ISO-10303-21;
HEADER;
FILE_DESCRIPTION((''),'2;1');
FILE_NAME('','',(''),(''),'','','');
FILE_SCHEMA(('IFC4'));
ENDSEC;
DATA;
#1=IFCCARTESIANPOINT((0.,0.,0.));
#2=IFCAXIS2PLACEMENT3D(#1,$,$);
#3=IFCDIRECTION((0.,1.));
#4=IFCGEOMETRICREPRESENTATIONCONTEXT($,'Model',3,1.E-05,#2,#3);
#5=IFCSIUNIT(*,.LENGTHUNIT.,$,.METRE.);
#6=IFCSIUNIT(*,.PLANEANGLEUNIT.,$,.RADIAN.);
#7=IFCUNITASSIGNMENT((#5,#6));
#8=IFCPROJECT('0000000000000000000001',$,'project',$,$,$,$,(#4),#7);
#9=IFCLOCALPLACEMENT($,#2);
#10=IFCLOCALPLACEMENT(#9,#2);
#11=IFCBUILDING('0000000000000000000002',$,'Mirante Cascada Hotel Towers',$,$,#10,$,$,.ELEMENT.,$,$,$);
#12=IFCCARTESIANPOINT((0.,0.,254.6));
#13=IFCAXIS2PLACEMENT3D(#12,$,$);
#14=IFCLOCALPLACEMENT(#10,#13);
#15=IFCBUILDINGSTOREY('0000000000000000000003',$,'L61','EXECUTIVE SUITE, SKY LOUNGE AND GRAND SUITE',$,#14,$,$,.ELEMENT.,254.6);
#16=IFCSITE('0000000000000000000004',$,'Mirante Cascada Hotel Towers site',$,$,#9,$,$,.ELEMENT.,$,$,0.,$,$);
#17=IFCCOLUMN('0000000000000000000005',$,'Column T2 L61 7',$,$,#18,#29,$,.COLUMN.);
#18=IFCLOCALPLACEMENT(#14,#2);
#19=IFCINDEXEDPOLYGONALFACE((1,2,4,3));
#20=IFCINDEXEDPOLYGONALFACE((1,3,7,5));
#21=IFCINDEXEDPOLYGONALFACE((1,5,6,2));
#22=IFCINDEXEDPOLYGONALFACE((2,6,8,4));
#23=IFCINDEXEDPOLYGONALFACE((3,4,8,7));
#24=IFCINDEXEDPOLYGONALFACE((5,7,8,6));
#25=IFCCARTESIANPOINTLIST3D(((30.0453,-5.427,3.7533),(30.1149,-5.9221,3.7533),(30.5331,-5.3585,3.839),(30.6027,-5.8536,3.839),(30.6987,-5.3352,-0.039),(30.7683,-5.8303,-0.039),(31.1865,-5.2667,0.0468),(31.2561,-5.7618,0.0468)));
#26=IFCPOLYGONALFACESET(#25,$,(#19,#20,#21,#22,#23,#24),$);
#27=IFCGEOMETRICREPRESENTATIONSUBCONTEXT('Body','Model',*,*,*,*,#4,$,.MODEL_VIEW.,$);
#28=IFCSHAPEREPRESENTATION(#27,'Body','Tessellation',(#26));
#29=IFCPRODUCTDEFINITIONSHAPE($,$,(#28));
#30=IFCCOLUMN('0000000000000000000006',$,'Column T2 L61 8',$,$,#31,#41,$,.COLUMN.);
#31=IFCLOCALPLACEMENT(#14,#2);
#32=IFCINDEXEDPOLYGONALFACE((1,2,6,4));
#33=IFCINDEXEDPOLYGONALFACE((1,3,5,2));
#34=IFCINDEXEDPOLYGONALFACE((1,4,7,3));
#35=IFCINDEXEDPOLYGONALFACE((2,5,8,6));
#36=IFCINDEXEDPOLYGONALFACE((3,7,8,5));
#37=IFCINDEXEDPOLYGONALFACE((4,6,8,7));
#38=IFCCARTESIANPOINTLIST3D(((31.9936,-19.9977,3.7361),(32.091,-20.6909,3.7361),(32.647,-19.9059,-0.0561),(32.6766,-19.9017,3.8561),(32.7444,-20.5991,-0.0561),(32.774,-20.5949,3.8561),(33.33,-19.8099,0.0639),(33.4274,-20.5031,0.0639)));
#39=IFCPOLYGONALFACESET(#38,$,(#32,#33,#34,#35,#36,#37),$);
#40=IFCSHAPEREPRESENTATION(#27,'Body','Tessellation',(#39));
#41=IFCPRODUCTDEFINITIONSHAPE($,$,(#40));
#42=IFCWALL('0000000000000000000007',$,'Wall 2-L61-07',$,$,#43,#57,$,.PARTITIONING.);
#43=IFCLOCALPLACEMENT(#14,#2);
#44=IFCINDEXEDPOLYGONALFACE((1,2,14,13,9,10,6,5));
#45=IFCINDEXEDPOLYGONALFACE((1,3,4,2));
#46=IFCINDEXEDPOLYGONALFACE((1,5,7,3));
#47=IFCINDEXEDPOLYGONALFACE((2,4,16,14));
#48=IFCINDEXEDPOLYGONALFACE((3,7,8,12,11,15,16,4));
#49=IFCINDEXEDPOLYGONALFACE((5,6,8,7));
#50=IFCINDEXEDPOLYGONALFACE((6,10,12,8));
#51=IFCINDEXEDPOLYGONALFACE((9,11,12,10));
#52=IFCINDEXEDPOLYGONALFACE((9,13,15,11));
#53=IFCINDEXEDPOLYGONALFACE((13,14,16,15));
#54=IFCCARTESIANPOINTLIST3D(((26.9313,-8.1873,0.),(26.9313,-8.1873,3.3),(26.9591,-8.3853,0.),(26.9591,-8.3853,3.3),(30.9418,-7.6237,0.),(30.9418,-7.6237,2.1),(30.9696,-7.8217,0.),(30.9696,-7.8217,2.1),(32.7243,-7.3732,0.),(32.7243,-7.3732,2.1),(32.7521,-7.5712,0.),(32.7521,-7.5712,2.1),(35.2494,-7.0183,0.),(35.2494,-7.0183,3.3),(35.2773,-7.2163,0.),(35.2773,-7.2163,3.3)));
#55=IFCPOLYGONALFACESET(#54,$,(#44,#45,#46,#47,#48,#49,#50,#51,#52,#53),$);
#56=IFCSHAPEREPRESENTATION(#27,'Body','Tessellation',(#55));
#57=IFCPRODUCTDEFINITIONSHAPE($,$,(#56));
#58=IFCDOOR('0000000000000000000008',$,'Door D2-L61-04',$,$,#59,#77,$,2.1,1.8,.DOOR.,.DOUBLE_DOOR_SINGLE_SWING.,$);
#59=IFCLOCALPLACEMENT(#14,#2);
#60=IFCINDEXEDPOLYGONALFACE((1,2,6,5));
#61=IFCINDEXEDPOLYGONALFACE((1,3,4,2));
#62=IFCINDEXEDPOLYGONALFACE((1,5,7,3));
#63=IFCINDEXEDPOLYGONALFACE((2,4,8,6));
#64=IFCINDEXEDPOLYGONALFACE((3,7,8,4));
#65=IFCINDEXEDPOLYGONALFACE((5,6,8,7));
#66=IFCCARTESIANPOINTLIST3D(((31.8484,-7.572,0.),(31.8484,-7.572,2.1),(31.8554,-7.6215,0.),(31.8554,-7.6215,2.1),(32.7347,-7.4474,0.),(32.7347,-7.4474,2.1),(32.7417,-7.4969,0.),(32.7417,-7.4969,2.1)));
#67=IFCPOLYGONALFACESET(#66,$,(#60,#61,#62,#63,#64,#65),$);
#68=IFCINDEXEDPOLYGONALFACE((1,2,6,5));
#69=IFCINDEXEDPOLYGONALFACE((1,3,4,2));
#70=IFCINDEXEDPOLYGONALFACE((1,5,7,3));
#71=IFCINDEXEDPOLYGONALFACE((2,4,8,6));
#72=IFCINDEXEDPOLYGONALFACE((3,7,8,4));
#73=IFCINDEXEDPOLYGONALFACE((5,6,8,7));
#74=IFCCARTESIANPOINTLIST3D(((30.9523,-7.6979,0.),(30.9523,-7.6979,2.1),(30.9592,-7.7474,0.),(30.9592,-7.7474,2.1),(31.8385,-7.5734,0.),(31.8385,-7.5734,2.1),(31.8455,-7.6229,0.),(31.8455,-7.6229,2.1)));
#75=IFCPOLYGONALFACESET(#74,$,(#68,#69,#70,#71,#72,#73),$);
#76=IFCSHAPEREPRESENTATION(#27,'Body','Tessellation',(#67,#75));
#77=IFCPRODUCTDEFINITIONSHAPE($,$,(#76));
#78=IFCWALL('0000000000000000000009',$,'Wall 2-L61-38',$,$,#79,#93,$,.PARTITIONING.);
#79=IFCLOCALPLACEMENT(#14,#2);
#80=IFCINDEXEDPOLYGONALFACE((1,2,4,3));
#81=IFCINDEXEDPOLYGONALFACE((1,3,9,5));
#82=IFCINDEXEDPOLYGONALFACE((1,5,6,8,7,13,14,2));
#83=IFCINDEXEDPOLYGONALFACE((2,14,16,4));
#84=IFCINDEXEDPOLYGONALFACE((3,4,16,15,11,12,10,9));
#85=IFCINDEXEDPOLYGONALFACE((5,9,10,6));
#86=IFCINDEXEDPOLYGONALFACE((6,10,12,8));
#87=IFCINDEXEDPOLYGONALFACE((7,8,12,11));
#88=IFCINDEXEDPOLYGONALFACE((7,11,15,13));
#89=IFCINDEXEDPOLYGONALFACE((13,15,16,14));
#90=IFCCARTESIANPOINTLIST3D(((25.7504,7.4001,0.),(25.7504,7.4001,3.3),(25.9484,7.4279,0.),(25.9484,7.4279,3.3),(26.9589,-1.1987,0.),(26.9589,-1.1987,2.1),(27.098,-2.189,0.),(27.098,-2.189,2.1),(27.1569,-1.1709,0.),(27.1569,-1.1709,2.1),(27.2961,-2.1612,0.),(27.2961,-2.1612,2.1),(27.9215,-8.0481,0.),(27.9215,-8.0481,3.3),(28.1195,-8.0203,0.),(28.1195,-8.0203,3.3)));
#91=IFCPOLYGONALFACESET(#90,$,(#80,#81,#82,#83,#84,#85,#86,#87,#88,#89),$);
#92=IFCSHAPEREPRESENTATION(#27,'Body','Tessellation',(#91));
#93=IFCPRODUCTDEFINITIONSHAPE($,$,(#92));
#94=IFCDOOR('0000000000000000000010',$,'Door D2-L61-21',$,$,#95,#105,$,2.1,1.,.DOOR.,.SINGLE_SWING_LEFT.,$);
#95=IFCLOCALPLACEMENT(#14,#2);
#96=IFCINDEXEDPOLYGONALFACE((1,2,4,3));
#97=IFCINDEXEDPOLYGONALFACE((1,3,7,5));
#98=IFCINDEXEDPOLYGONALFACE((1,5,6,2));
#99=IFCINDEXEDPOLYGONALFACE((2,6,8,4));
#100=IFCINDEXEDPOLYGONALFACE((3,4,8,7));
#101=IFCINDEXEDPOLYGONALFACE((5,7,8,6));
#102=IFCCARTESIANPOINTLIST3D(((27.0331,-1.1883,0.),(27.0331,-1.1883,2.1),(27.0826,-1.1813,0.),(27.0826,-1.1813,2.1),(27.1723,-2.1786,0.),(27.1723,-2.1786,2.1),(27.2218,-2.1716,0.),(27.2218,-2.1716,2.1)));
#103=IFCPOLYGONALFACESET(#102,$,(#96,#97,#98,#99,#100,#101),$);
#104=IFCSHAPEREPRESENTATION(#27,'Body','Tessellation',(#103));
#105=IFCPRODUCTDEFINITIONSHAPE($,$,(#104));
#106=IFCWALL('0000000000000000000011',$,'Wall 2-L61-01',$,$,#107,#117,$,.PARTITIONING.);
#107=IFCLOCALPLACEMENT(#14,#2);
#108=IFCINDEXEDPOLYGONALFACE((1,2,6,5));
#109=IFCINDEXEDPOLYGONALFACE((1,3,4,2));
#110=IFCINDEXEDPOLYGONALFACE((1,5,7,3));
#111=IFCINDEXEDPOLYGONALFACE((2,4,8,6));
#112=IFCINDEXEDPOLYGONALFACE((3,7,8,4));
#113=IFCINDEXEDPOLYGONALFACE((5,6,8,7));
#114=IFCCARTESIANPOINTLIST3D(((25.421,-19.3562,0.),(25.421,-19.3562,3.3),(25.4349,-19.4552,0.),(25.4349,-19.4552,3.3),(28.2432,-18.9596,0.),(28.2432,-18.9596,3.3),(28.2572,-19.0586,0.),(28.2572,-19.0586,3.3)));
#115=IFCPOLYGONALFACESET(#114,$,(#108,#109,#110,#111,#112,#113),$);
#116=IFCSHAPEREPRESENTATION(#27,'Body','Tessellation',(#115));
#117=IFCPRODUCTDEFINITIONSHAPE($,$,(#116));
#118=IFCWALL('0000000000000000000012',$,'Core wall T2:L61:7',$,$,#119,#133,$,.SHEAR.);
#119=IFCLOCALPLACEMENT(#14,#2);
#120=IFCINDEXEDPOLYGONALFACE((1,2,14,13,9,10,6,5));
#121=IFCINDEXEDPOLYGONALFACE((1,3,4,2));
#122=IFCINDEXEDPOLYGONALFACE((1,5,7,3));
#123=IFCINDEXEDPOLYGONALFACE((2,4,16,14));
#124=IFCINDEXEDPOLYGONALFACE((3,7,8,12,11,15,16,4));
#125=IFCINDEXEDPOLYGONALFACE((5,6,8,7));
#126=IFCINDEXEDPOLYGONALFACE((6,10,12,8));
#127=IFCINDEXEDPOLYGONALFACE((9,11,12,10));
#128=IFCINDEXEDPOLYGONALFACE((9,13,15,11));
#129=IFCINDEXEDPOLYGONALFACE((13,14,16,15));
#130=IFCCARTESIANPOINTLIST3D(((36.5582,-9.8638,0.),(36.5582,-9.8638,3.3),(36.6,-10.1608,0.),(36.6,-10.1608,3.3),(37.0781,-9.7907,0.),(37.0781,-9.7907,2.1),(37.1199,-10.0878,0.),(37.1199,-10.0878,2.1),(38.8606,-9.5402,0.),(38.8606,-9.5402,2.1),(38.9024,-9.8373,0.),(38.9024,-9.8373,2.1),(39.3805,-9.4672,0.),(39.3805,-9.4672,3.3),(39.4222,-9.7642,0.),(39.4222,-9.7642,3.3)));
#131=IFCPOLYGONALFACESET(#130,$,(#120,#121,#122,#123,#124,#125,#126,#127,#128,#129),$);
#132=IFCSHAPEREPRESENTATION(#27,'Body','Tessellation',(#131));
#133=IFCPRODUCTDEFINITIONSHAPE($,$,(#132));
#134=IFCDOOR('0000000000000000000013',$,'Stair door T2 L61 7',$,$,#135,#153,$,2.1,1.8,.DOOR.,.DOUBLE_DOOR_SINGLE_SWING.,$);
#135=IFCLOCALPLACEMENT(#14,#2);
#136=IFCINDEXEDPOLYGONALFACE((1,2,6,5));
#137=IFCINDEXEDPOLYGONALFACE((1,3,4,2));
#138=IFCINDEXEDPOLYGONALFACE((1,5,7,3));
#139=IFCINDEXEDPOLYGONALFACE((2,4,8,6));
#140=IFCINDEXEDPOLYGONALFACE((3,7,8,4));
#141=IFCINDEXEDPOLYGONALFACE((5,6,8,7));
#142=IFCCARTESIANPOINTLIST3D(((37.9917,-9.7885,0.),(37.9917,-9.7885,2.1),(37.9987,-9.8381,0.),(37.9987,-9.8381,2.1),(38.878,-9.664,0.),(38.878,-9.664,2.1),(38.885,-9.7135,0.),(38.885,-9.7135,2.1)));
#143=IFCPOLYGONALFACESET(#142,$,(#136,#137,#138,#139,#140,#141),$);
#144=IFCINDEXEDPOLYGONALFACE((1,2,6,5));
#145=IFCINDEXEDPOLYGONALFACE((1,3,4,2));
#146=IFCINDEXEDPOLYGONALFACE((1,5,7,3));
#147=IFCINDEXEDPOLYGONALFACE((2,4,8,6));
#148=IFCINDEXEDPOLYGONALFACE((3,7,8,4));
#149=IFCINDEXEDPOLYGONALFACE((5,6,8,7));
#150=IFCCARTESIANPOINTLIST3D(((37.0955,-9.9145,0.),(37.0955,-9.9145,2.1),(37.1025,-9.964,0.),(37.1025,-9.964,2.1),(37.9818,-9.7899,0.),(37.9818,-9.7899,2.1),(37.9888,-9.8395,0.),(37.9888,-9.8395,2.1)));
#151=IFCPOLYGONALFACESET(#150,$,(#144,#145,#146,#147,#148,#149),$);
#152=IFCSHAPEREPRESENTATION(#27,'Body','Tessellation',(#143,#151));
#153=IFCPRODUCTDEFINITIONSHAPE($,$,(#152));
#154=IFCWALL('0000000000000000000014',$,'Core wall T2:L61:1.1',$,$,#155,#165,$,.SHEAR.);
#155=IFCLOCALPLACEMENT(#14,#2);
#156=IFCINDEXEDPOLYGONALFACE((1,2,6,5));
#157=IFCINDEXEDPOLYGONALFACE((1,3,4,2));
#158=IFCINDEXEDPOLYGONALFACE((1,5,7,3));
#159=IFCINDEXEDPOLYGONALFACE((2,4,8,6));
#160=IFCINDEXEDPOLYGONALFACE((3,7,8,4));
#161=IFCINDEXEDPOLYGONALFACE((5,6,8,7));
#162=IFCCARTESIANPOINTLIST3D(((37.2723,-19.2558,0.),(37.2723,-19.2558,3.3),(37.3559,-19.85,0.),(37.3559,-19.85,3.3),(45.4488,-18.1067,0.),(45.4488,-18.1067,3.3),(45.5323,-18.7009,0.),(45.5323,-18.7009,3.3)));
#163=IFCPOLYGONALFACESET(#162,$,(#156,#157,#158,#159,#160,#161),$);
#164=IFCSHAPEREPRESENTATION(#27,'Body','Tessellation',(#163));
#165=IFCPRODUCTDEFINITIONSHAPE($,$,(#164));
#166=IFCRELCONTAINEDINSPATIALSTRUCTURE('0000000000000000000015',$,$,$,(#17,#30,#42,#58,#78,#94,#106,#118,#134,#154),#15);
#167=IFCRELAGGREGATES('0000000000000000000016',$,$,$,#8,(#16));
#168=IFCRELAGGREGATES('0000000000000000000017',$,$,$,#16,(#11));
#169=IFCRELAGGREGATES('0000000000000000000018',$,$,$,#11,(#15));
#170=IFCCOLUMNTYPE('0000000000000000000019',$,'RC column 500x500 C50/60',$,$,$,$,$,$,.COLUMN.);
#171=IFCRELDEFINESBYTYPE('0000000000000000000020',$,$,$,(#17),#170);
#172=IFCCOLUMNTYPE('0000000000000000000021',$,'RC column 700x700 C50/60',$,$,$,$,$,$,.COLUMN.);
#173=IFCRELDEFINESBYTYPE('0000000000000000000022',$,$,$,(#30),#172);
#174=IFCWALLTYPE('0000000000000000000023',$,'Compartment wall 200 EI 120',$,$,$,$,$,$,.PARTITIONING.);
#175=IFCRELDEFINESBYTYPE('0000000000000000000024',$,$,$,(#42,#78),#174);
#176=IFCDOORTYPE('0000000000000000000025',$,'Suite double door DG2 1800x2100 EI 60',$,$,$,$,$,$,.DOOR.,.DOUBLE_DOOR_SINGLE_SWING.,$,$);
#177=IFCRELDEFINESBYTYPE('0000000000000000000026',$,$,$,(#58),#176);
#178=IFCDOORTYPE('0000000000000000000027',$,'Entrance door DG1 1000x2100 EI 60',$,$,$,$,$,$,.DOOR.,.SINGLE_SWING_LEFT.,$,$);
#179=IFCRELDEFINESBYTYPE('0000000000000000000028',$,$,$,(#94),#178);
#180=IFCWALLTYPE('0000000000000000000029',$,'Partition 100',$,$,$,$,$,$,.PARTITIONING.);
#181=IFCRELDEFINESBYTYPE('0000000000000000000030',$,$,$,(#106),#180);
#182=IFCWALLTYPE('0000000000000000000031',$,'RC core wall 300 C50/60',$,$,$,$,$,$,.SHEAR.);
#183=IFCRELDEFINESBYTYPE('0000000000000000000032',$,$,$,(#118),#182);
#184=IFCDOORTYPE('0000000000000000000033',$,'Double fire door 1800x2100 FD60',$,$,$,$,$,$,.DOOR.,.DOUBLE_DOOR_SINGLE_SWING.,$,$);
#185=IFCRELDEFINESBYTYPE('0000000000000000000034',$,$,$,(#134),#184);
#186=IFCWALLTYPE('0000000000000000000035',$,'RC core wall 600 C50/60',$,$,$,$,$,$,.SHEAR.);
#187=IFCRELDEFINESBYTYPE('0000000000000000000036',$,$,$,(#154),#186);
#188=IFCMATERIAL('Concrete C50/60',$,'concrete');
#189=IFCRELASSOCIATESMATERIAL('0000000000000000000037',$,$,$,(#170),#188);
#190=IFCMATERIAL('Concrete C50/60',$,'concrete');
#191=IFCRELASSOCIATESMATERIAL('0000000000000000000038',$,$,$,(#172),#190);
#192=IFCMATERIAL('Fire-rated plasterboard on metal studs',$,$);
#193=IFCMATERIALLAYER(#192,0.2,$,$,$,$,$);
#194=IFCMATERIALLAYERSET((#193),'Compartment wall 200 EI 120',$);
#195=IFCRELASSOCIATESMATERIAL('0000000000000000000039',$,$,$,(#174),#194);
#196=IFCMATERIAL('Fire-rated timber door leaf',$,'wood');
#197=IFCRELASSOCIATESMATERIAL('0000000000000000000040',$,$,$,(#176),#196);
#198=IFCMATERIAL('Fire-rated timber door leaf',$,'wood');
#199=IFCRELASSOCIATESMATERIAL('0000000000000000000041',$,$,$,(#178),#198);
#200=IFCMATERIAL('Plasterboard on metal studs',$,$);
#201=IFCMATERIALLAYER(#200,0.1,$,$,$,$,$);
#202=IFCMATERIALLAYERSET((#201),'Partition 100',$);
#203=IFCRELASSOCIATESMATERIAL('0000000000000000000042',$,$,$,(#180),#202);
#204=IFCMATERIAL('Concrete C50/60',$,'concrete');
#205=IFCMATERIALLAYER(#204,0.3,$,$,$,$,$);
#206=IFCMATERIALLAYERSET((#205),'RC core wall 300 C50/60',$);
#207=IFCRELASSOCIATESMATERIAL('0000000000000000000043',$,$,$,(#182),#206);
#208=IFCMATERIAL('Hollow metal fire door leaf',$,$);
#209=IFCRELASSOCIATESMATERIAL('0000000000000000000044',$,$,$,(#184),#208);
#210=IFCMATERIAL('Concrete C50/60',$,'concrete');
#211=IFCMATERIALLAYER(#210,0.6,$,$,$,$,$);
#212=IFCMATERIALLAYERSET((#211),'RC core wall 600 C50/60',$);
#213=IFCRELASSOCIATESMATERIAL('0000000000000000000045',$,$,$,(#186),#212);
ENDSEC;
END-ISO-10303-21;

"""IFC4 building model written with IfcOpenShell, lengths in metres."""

from ifc_helpers import new_model, si_unit, direction, frame, frame_2d, origin, origin_2d, place, context, subcontext, project, spatial, rectangle, extrude, material, layer, layer_set, material_profile, profile_set, type_object, element, fill, save


model = new_model("IFC4")

# Units and contexts
model_context = context("Model", 3, precision=1e-05, world=origin(), true_north=direction((0.0, 1.0)))
body_context = subcontext(model_context, "Body", "Model", "MODEL_VIEW")
ifc_project = project(units=[si_unit("LENGTHUNIT", "METRE"), si_unit("PLANEANGLEUNIT", "RADIAN")], contexts=[model_context])

# Site, building, storey
site_placement = place(None, origin())
site = spatial("IfcSite", under=ifc_project, at=site_placement, Name="Mirante Cascada Hotel Towers site", CompositionType="ELEMENT", RefElevation=0.0)
building_placement = place(site_placement, origin())
building = spatial("IfcBuilding", under=site, at=building_placement, Name="Mirante Cascada Hotel Towers", CompositionType="ELEMENT")
storey_placement = place(building_placement, frame((0.0, 0.0, 254.6)))
storey = spatial("IfcBuildingStorey", under=building, at=storey_placement, Name="L61", Description="EXECUTIVE SUITE, SKY LOUNGE AND GRAND SUITE", CompositionType="ELEMENT", Elevation=254.6)

# Columns
ifc_material_1 = material(Name="Concrete C50/60", Category="concrete")
ifc_material_profile_1 = material_profile(ifc_material_1, rectangle(XDim=0.5, YDim=0.5, at=origin_2d()), Name="RC column 500x500 C50/60")
ifc_profile_set_1 = profile_set([ifc_material_profile_1], Name="Concrete C50/60")
column_type_1 = type_object("IfcColumnType", Name="RC column 500x500 C50/60", PredefinedType="COLUMN", material=ifc_profile_set_1)
column_1_placement = place(storey_placement, frame((30.9774, -5.5485, 0.0039), z_axis=(-0.169751, -0.023849, 0.985198), x_axis=(0.139129, -0.990274, 0.0)))
element("IfcColumn", 1, at=column_1_placement, inside=storey, type_object=column_type_1, Name="Column T2 L61 7", PredefinedType="COLUMN", context=body_context, shape_type="SweptSolid", body=[
    extrude(rectangle(XDim=0.5, YDim=0.5, at=origin_2d()), origin(), (0.0, 0.0, 1.0), 3.8492),
])
ifc_material_2 = material(Name="Concrete C50/60", Category="concrete")
ifc_material_profile_2 = material_profile(ifc_material_2, rectangle(XDim=0.7, YDim=0.7, at=origin_2d()), Name="RC column 700x700 C50/60")
ifc_profile_set_2 = profile_set([ifc_material_profile_2], Name="Concrete C50/60")
column_type_2 = type_object("IfcColumnType", Name="RC column 700x700 C50/60", PredefinedType="COLUMN", material=ifc_profile_set_2)
column_2_placement = place(storey_placement, frame((33.0372, -20.2045, 0.0039), z_axis=(-0.169751, -0.023849, 0.985198), x_axis=(0.139129, -0.990274, 0.0)))
element("IfcColumn", 2, at=column_2_placement, inside=storey, type_object=column_type_2, Name="Column T2 L61 8", PredefinedType="COLUMN", context=body_context, shape_type="SweptSolid", body=[
    extrude(rectangle(XDim=0.7, YDim=0.7, at=origin_2d()), origin(), (0.0, 0.0, 1.0), 3.8492),
])

# Walls, openings, doors
ifc_material_3 = material(Name="Fire-rated plasterboard on metal studs")
ifc_layer_1 = layer(ifc_material_3, 0.2)
ifc_layer_set_1 = layer_set([ifc_layer_1], Name="Compartment wall 200 EI 120")
wall_type_1 = type_object("IfcWallType", Name="Compartment wall 200 EI 120", PredefinedType="PARTITIONING", material=ifc_layer_set_1)
wall_1_placement = place(storey_placement, frame((35.2634, -7.1173, 0.0), z_axis=(0.0, 0.0, 1.0), x_axis=(-0.990269, -0.139168, 0.0)))
wall_1 = element("IfcWall", 3, at=wall_1_placement, inside=storey, type_object=wall_type_1, Name="Wall 2-L61-07", PredefinedType="PARTITIONING", context=body_context, shape_type="SweptSolid", body=[
    extrude(rectangle(XDim=8.3999, YDim=0.2, at=frame_2d((4.2, 0.0))), origin(), (0.0, 0.0, 1.0), 3.3),
])
opening_1_placement = place(wall_1_placement, frame((2.55, 0.0, 0.0)))
opening_1 = element("IfcOpeningElement", 4, at=opening_1_placement, cuts=wall_1, PredefinedType="OPENING", context=body_context, shape_type="SweptSolid", body=[
    extrude(rectangle(XDim=1.8, YDim=2.1, at=frame_2d((0.9, 1.05))), frame((0.0, 0.1, 0.0), z_axis=(0.0, -1.0, 0.0), x_axis=(1.0, 0.0, 0.0)), (0.0, 0.0, 1.0), 0.2),
])
ifc_material_4 = material(Name="Fire-rated timber door leaf", Category="wood")
door_type_1 = type_object("IfcDoorType", Name="Suite double door DG2 1800x2100 EI 60", OperationType="DOUBLE_DOOR_SINGLE_SWING", PredefinedType="DOOR", material=ifc_material_4)
door_1_placement = place(opening_1_placement, origin())
door_1 = element("IfcDoor", 5, at=door_1_placement, inside=storey, type_object=door_type_1, Name="Door D2-L61-04", OperationType="DOUBLE_DOOR_SINGLE_SWING", OverallHeight=2.1, OverallWidth=1.8, PredefinedType="DOOR", context=body_context, shape_type="SweptSolid", body=[
    extrude(rectangle(XDim=0.895, YDim=2.1, at=frame_2d((0.4475, 1.05))), frame((0.0, 0.025, 0.0), z_axis=(0.0, -1.0, 0.0), x_axis=(1.0, 0.0, 0.0)), (0.0, 0.0, 1.0), 0.05),
    extrude(rectangle(XDim=0.895, YDim=2.1, at=frame_2d((1.3525, 1.05))), frame((0.0, 0.025, 0.0), z_axis=(0.0, -1.0, 0.0), x_axis=(1.0, 0.0, 0.0)), (0.0, 0.0, 1.0), 0.05),
])
fill(opening_1, door_1)
wall_2_placement = place(storey_placement, frame((28.0205, -8.0342, 0.0), z_axis=(0.0, 0.0, 1.0), x_axis=(-0.139173, 0.990268, 0.0)))
wall_2 = element("IfcWall", 6, at=wall_2_placement, inside=storey, type_object=wall_type_1, Name="Wall 2-L61-38", PredefinedType="PARTITIONING", context=body_context, shape_type="SweptSolid", body=[
    extrude(rectangle(XDim=15.6, YDim=0.2, at=frame_2d((7.8, 0.0))), origin(), (0.0, 0.0, 1.0), 3.3),
])
opening_2_placement = place(wall_2_placement, frame((5.9167, 0.0, 0.0)))
opening_2 = element("IfcOpeningElement", 7, at=opening_2_placement, cuts=wall_2, PredefinedType="OPENING", context=body_context, shape_type="SweptSolid", body=[
    extrude(rectangle(XDim=1.0, YDim=2.1, at=frame_2d((0.5, 1.05))), frame((0.0, 0.1, 0.0), z_axis=(0.0, -1.0, 0.0), x_axis=(1.0, 0.0, 0.0)), (0.0, 0.0, 1.0), 0.2),
])
ifc_material_5 = material(Name="Fire-rated timber door leaf", Category="wood")
door_type_2 = type_object("IfcDoorType", Name="Entrance door DG1 1000x2100 EI 60", OperationType="SINGLE_SWING_LEFT", PredefinedType="DOOR", material=ifc_material_5)
door_2_placement = place(opening_2_placement, origin())
door_2 = element("IfcDoor", 8, at=door_2_placement, inside=storey, type_object=door_type_2, Name="Door D2-L61-21", OperationType="SINGLE_SWING_LEFT", OverallHeight=2.1, OverallWidth=1.0, PredefinedType="DOOR", context=body_context, shape_type="SweptSolid", body=[
    extrude(rectangle(XDim=1.0, YDim=2.1, at=frame_2d((0.5, 1.05))), frame((0.0, 0.025, 0.0), z_axis=(0.0, -1.0, 0.0), x_axis=(1.0, 0.0, 0.0)), (0.0, 0.0, 1.0), 0.05),
])
fill(opening_2, door_2)

# Wall
ifc_material_6 = material(Name="Plasterboard on metal studs")
ifc_layer_2 = layer(ifc_material_6, 0.1)
ifc_layer_set_2 = layer_set([ifc_layer_2], Name="Partition 100")
wall_type_2 = type_object("IfcWallType", Name="Partition 100", PredefinedType="PARTITIONING", material=ifc_layer_set_2)
wall_3_placement = place(storey_placement, frame((28.2502, -19.0091, 0.0), z_axis=(0.0, 0.0, 1.0), x_axis=(-0.99027, -0.139156, 0.0)))
element("IfcWall", 9, at=wall_3_placement, inside=storey, type_object=wall_type_2, Name="Wall 2-L61-01", PredefinedType="PARTITIONING", context=body_context, shape_type="SweptSolid", body=[
    extrude(rectangle(XDim=2.85, YDim=0.1, at=frame_2d((1.425, 0.0))), origin(), (0.0, 0.0, 1.0), 3.3),
])

# Wall, opening, door
ifc_material_7 = material(Name="Concrete C50/60", Category="concrete")
ifc_layer_3 = layer(ifc_material_7, 0.3)
ifc_layer_set_3 = layer_set([ifc_layer_3], Name="RC core wall 300 C50/60")
wall_type_3 = type_object("IfcWallType", Name="RC core wall 300 C50/60", PredefinedType="SHEAR", material=ifc_layer_set_3)
wall_4_placement = place(storey_placement, frame((36.5791, -10.0123, 0.0), z_axis=(0.0, 0.0, 1.0), x_axis=(0.99027, 0.139156, 0.0)))
wall_4 = element("IfcWall", 10, at=wall_4_placement, inside=storey, type_object=wall_type_3, Name="Core wall T2:L61:7", PredefinedType="SHEAR", context=body_context, shape_type="SweptSolid", body=[
    extrude(rectangle(XDim=2.85, YDim=0.3, at=frame_2d((1.425, 0.0))), origin(), (0.0, 0.0, 1.0), 3.3),
])
opening_3_placement = place(wall_4_placement, frame((0.525, 0.0, 0.0)))
opening_3 = element("IfcOpeningElement", 11, at=opening_3_placement, cuts=wall_4, PredefinedType="OPENING", context=body_context, shape_type="SweptSolid", body=[
    extrude(rectangle(XDim=1.8, YDim=2.1, at=frame_2d((0.9, 1.05))), frame((0.0, 0.15, 0.0), z_axis=(0.0, -1.0, 0.0), x_axis=(1.0, 0.0, 0.0)), (0.0, 0.0, 1.0), 0.3),
])
ifc_material_8 = material(Name="Hollow metal fire door leaf")
door_type_3 = type_object("IfcDoorType", Name="Double fire door 1800x2100 FD60", OperationType="DOUBLE_DOOR_SINGLE_SWING", PredefinedType="DOOR", material=ifc_material_8)
door_3_placement = place(opening_3_placement, frame((1.8, 0.0, 0.0), z_axis=(0.0, 0.0, 1.0), x_axis=(-1.0, 0.0, 0.0)))
door_3 = element("IfcDoor", 12, at=door_3_placement, inside=storey, type_object=door_type_3, Name="Stair door T2 L61 7", OperationType="DOUBLE_DOOR_SINGLE_SWING", OverallHeight=2.1, OverallWidth=1.8, PredefinedType="DOOR", context=body_context, shape_type="SweptSolid", body=[
    extrude(rectangle(XDim=0.895, YDim=2.1, at=frame_2d((0.4475, 1.05))), frame((0.0, 0.025, 0.0), z_axis=(0.0, -1.0, 0.0), x_axis=(1.0, 0.0, 0.0)), (0.0, 0.0, 1.0), 0.05),
    extrude(rectangle(XDim=0.895, YDim=2.1, at=frame_2d((1.3525, 1.05))), frame((0.0, 0.025, 0.0), z_axis=(0.0, -1.0, 0.0), x_axis=(1.0, 0.0, 0.0)), (0.0, 0.0, 1.0), 0.05),
])
fill(opening_3, door_3)

# Wall
ifc_material_9 = material(Name="Concrete C50/60", Category="concrete")
ifc_layer_4 = layer(ifc_material_9, 0.6)
ifc_layer_set_4 = layer_set([ifc_layer_4], Name="RC core wall 600 C50/60")
wall_type_4 = type_object("IfcWallType", Name="RC core wall 600 C50/60", PredefinedType="SHEAR", material=ifc_layer_set_4)
wall_5_placement = place(storey_placement, frame((37.3141, -19.5529, 0.0), z_axis=(0.0, 0.0, 1.0), x_axis=(0.990268, 0.139171, 0.0)))
element("IfcWall", 13, at=wall_5_placement, inside=storey, type_object=wall_type_4, Name="Core wall T2:L61:1.1", PredefinedType="SHEAR", context=body_context, shape_type="SweptSolid", body=[
    extrude(rectangle(XDim=8.2568, YDim=0.6, at=frame_2d((4.1284, 0.0))), origin(), (0.0, 0.0, 1.0), 3.3),
])

save(model, "model.ifc")
